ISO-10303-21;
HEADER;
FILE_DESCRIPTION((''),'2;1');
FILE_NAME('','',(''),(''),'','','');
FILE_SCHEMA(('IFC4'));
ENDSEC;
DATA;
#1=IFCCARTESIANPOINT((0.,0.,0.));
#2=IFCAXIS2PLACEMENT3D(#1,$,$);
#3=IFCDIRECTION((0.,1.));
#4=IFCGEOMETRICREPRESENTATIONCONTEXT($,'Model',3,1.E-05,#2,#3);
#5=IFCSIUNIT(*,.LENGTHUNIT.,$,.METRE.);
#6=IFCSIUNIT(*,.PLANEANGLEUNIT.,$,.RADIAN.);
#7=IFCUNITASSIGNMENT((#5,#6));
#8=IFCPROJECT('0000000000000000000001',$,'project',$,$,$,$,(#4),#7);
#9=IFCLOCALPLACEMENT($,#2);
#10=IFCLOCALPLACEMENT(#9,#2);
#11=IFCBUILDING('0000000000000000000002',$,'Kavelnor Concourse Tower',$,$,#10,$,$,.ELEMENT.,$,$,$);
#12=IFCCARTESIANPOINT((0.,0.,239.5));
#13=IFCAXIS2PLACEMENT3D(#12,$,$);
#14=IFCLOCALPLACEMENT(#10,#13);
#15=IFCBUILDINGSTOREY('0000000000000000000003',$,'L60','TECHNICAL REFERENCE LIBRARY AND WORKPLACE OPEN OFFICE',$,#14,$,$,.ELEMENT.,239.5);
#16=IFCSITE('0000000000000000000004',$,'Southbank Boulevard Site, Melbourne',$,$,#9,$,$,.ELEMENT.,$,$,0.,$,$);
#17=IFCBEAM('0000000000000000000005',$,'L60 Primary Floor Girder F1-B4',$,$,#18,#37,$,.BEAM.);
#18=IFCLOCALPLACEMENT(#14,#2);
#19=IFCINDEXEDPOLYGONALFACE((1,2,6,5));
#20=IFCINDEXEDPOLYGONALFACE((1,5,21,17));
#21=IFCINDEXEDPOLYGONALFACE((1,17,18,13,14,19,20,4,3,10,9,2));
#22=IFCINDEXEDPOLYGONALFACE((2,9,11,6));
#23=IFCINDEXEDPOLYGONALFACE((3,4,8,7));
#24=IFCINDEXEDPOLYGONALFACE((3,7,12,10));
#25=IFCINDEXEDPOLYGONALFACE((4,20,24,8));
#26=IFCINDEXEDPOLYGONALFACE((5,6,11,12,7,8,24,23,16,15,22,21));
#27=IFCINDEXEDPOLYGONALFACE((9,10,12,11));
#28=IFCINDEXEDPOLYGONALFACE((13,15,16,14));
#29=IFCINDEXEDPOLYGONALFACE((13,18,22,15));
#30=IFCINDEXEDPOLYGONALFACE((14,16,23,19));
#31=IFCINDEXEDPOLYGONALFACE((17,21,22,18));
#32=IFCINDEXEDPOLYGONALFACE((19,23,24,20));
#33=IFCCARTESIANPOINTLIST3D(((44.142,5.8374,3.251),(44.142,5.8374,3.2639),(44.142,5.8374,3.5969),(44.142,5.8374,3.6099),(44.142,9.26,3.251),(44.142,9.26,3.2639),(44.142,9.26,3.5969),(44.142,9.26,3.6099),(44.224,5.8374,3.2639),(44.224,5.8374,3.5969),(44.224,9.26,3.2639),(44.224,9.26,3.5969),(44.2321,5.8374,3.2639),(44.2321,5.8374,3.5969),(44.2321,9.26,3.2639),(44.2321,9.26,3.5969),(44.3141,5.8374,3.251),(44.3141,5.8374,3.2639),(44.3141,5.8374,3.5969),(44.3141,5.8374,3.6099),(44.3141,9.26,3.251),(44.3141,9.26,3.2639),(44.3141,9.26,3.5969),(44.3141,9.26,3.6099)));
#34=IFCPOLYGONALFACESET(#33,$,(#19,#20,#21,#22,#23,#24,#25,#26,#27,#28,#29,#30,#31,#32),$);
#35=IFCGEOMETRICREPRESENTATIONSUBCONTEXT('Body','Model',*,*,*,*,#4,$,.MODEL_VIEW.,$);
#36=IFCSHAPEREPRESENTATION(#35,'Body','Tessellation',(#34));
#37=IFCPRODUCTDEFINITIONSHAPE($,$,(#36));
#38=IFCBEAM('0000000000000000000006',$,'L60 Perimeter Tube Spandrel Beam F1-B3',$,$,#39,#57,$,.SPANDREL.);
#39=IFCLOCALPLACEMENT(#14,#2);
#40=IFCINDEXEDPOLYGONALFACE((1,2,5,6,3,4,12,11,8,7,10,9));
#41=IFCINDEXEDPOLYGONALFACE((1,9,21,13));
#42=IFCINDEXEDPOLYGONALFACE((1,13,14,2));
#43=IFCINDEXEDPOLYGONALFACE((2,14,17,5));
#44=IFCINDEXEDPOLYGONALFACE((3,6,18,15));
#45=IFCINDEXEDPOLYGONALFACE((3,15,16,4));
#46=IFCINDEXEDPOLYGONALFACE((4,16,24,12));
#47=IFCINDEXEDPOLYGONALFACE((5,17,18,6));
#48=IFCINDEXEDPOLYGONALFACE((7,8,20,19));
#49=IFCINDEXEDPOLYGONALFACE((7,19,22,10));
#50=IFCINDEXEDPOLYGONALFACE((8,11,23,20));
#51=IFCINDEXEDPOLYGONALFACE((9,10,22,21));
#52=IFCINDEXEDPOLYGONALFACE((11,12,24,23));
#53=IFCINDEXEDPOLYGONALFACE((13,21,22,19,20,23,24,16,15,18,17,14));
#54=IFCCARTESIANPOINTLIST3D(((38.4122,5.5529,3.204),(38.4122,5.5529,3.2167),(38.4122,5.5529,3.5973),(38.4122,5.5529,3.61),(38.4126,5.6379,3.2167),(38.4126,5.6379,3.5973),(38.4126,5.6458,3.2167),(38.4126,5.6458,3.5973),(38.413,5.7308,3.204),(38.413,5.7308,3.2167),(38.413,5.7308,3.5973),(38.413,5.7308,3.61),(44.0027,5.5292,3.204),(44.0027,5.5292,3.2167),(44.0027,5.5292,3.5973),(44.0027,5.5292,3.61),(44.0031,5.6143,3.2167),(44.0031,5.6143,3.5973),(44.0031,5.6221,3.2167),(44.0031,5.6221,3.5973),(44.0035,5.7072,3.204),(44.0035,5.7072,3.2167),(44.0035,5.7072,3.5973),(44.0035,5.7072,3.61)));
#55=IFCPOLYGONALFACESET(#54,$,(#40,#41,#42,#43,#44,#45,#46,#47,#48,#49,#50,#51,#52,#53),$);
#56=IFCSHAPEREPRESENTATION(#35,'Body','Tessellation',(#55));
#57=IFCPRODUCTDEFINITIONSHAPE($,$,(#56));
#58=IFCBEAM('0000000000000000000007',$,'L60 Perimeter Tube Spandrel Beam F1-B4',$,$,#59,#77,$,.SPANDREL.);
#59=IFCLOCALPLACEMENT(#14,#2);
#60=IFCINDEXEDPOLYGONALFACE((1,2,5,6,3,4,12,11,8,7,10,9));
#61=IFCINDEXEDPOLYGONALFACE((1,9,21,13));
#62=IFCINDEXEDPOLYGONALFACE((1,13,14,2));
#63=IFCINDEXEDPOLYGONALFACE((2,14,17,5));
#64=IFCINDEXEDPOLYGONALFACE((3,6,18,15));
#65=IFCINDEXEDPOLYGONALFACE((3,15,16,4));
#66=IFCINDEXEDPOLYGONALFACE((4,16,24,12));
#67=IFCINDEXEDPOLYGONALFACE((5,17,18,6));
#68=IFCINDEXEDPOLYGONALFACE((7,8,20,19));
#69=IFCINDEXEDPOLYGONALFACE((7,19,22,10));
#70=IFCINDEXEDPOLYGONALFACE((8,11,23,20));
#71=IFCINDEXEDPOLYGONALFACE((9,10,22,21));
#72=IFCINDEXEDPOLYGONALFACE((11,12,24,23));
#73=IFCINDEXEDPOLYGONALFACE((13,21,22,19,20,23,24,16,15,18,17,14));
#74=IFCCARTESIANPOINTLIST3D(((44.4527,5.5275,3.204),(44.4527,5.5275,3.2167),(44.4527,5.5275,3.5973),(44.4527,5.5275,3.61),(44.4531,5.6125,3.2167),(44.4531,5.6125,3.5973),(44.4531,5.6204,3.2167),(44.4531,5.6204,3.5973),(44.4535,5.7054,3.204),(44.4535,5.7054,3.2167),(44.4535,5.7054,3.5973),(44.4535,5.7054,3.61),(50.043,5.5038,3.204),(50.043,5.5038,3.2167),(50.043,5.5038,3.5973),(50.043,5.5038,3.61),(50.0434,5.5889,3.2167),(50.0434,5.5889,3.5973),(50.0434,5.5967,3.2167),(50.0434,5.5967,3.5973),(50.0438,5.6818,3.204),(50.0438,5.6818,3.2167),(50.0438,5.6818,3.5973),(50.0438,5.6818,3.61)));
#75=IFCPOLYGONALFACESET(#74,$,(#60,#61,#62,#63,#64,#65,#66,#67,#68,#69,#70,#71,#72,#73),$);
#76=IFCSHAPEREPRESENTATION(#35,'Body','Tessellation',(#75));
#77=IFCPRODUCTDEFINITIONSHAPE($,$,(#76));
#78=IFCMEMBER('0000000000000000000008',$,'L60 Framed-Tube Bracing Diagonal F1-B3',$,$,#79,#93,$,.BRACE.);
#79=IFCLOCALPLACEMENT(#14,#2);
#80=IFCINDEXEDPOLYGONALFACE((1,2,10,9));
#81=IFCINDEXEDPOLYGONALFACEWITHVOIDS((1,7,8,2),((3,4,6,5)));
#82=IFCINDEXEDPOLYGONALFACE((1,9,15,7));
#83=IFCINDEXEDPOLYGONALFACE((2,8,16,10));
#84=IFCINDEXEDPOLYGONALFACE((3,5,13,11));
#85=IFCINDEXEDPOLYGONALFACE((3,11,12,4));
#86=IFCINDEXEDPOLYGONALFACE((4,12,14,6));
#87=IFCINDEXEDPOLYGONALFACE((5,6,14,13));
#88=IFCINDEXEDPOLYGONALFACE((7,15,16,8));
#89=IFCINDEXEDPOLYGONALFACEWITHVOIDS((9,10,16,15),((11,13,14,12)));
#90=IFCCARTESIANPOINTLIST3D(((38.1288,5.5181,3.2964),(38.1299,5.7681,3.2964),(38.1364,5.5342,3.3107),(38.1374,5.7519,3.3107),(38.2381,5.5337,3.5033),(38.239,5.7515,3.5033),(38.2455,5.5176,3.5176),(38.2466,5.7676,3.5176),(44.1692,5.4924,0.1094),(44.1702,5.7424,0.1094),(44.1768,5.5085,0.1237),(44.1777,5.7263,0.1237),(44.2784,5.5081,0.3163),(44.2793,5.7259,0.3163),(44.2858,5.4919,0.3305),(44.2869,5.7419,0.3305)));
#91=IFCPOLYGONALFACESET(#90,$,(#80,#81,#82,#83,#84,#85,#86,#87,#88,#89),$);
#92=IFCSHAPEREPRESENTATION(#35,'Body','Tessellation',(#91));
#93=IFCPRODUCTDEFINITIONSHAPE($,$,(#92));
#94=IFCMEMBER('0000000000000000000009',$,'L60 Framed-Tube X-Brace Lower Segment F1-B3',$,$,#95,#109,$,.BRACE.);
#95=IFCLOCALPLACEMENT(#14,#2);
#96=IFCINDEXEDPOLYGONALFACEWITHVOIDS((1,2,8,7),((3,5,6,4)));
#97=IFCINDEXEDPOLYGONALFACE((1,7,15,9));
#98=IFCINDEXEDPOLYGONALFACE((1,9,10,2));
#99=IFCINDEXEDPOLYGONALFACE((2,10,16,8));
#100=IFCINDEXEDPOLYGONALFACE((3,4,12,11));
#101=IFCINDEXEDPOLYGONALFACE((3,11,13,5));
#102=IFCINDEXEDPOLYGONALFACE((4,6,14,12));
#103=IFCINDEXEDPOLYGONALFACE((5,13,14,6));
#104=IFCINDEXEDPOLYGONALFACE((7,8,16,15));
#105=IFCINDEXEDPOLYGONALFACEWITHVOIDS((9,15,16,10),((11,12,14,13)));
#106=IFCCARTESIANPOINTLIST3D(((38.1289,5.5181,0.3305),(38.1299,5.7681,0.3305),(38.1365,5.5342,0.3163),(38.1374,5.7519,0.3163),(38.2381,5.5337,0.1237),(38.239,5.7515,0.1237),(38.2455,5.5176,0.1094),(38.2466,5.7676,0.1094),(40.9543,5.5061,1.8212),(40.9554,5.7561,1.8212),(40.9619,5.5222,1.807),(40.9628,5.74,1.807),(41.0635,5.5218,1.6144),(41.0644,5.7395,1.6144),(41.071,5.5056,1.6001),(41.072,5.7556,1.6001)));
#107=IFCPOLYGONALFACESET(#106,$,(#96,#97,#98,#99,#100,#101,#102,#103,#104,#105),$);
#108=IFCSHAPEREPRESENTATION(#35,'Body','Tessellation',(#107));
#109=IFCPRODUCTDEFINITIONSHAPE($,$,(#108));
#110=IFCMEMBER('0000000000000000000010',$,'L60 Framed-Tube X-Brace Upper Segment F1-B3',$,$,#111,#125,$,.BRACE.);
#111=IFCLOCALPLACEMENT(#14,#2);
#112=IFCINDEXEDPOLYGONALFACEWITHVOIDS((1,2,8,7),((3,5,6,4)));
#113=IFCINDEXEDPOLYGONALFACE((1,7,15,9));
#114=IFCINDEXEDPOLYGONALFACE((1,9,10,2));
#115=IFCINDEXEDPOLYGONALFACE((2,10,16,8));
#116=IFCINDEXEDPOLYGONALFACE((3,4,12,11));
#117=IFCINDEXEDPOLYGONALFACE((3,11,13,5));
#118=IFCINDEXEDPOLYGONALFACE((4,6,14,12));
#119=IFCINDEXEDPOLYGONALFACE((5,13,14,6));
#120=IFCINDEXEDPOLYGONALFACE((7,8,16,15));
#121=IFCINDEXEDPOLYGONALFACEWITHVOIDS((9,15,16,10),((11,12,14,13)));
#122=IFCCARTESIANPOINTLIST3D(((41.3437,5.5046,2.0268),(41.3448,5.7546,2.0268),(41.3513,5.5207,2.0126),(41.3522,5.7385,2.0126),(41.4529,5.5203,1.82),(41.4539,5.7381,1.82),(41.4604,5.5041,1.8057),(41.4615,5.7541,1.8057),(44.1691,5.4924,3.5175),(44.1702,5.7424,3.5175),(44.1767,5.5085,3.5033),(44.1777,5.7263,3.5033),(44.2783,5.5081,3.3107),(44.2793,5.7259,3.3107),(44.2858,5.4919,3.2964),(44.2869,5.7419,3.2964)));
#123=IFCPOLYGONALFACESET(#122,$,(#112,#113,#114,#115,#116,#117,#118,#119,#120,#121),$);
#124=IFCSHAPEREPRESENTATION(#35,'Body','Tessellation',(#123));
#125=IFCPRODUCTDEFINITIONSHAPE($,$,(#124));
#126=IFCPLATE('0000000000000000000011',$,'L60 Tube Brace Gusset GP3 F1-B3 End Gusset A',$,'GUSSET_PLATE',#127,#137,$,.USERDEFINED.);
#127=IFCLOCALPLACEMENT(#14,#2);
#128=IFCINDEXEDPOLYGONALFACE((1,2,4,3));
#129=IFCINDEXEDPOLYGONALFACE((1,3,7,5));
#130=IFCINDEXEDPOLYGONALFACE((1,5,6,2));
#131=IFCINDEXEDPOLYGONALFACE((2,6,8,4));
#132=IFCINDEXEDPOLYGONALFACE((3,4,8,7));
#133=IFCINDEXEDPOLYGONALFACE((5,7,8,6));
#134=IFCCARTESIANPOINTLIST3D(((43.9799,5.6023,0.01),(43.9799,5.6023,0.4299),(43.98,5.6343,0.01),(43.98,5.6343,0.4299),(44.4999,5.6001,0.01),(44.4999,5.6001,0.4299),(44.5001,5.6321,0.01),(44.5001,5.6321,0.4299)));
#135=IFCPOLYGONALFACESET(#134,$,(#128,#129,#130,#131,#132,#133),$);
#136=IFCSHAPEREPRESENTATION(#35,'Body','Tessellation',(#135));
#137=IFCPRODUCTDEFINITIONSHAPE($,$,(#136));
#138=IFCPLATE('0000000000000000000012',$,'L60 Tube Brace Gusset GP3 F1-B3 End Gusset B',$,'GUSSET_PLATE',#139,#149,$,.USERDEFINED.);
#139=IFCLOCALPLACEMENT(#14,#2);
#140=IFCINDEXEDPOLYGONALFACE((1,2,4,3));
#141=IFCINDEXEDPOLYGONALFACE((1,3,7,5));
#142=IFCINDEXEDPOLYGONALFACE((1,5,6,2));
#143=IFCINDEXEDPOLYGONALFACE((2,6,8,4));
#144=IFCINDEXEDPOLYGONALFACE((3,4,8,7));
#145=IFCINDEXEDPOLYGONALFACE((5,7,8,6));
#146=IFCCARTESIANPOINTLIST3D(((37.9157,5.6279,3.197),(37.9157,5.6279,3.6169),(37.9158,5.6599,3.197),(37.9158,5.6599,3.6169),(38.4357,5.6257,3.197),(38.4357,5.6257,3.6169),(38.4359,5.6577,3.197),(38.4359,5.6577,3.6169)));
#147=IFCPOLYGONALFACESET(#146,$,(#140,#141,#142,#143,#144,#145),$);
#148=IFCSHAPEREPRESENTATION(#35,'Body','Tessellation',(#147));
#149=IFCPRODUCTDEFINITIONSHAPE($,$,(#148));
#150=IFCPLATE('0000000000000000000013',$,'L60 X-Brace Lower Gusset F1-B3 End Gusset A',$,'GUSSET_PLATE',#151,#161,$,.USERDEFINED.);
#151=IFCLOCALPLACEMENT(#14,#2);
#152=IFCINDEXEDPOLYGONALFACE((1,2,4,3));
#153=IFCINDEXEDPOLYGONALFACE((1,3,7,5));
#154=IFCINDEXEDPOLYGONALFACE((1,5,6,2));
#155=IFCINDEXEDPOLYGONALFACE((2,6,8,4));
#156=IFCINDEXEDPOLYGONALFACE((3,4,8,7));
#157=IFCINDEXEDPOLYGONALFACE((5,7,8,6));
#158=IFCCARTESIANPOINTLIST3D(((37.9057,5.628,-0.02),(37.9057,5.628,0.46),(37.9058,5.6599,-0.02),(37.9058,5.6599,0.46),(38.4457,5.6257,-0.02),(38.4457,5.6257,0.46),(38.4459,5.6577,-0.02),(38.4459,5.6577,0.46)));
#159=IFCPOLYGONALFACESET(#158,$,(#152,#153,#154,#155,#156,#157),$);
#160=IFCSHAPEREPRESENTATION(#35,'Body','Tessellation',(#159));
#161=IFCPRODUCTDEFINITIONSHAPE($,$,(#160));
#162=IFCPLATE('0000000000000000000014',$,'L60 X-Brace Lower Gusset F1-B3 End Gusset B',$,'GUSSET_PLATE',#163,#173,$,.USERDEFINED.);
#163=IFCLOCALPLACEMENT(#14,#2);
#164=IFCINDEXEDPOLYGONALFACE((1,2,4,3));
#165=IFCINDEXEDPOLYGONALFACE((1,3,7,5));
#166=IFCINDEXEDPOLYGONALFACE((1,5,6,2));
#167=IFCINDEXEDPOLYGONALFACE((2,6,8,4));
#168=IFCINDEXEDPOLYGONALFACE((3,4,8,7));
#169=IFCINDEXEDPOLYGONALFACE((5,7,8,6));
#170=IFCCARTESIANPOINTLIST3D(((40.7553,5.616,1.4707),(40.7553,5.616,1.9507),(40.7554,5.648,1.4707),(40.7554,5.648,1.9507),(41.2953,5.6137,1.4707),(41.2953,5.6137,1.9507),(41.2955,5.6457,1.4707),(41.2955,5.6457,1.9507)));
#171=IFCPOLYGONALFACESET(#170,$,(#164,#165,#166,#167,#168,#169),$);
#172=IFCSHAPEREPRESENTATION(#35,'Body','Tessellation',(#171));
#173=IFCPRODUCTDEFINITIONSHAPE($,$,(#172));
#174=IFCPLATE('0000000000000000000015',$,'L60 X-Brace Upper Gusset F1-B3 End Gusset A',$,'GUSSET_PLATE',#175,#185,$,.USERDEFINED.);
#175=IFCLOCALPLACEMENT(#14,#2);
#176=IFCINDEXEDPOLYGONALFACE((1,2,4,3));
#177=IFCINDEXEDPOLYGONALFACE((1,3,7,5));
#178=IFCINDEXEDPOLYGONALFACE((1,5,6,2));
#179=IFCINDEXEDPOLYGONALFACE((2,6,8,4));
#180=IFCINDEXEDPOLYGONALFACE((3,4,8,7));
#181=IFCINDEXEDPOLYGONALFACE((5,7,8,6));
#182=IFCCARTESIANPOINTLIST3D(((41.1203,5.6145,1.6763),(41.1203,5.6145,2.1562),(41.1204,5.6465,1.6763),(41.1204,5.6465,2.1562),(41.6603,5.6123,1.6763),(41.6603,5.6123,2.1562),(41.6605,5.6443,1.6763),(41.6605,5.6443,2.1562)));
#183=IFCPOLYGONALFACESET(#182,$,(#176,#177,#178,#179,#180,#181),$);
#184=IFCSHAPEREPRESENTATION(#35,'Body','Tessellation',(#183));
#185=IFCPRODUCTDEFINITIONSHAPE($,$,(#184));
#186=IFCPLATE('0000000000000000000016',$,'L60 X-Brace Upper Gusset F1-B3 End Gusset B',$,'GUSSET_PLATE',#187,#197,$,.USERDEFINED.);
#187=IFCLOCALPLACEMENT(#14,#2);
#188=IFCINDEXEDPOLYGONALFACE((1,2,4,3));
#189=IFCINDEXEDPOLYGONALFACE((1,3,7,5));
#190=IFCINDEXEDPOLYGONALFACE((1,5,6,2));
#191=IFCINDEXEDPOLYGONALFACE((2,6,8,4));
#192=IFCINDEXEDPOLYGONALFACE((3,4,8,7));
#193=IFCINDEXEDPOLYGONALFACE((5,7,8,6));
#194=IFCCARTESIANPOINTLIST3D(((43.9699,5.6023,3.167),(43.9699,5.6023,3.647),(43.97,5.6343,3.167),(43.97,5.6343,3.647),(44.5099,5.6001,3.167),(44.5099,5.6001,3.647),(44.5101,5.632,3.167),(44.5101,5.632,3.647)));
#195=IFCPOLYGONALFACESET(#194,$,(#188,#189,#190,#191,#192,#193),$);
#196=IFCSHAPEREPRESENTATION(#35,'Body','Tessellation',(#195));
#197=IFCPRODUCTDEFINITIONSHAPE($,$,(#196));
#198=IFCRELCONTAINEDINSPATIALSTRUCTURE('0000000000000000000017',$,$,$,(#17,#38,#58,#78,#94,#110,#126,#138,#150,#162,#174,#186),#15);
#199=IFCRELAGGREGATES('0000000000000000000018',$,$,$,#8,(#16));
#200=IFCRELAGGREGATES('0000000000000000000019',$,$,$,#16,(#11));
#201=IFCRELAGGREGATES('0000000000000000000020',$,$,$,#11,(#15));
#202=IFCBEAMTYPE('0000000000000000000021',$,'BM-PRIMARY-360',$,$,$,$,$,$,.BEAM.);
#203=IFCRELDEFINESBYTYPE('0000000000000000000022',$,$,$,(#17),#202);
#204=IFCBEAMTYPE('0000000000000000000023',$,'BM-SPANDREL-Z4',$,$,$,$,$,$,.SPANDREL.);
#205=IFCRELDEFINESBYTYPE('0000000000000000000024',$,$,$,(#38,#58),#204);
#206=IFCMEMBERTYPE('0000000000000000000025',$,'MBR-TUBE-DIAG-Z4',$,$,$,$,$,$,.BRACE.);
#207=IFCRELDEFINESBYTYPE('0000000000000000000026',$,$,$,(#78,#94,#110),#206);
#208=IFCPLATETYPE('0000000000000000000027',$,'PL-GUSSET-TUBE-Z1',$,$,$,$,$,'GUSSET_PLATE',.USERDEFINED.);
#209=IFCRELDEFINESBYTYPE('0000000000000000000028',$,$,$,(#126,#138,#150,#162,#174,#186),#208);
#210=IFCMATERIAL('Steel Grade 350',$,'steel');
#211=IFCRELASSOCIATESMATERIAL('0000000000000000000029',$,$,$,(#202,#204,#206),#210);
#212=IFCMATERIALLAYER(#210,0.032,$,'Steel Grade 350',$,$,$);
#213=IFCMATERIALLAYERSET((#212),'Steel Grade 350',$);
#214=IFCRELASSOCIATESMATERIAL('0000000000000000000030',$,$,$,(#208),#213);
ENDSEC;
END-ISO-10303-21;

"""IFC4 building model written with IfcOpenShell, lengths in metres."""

from ifc_helpers import new_model, si_unit, direction, frame, origin, origin_2d, place, context, subcontext, project, spatial, rectangle, hollow_rectangle, i_section, extrude, material, layer, layer_set, material_profile, profile_set, type_object, element, save


model = new_model("IFC4")

# Units and contexts
model_context = context("Model", 3, precision=1e-05, world=origin(), true_north=direction((0.0, 1.0)))
body_context = subcontext(model_context, "Body", "Model", "MODEL_VIEW")
ifc_project = project(units=[si_unit("LENGTHUNIT", "METRE"), si_unit("PLANEANGLEUNIT", "RADIAN")], contexts=[model_context])

# Site, building, storey
site_placement = place(None, origin())
site = spatial("IfcSite", under=ifc_project, at=site_placement, Name="Southbank Boulevard Site, Melbourne", CompositionType="ELEMENT", RefElevation=0.0)
building_placement = place(site_placement, origin())
building = spatial("IfcBuilding", under=site, at=building_placement, Name="Kavelnor Concourse Tower", CompositionType="ELEMENT")
storey_placement = place(building_placement, frame((0.0, 0.0, 239.5)))
storey = spatial("IfcBuildingStorey", under=building, at=storey_placement, Name="L60", Description="TECHNICAL REFERENCE LIBRARY AND WORKPLACE OPEN OFFICE", CompositionType="ELEMENT", Elevation=239.5)

# Shared definitions
ifc_material_1 = material(Name="Steel Grade 350", Category="steel")

# Beams
ifc_material_profile_1 = material_profile(ifc_material_1, i_section(OverallWidth=0.1721, OverallDepth=0.3589, WebThickness=0.0081, FlangeThickness=0.0129, at=origin_2d()), Name="360UB56")
ifc_profile_set_1 = profile_set([ifc_material_profile_1], Name="Steel Grade 350")
beam_type_1 = type_object("IfcBeamType", Name="BM-PRIMARY-360", PredefinedType="BEAM", material=ifc_profile_set_1)
beam_1_placement = place(storey_placement, frame((44.228, 9.26, 3.4304), z_axis=(0.0, -1.0, 0.0), x_axis=(1.0, 0.0, 0.0)))
element("IfcBeam", 1, at=beam_1_placement, inside=storey, type_object=beam_type_1, Name="L60 Primary Floor Girder F1-B4", PredefinedType="BEAM", context=body_context, shape_type="SweptSolid", body=[
    extrude(i_section(OverallWidth=0.1721, OverallDepth=0.3589, WebThickness=0.0081, FlangeThickness=0.0129, at=origin_2d()), origin(), (0.0, 0.0, 1.0), 3.4226),
])
ifc_material_profile_2 = material_profile(ifc_material_1, i_section(OverallWidth=0.178, OverallDepth=0.406, WebThickness=0.0078, FlangeThickness=0.0127, at=origin_2d()), Name="410UB59")
ifc_profile_set_2 = profile_set([ifc_material_profile_2], Name="Steel Grade 350")
beam_type_2 = type_object("IfcBeamType", Name="BM-SPANDREL-Z4", PredefinedType="SPANDREL", material=ifc_profile_set_2)
beam_2_placement = place(storey_placement, frame((38.4126, 5.6418, 3.407), z_axis=(0.999991, -0.004236, 0.0), x_axis=(0.004236, 0.999991, 0.0)))
element("IfcBeam", 2, at=beam_2_placement, inside=storey, type_object=beam_type_2, Name="L60 Perimeter Tube Spandrel Beam F1-B3", PredefinedType="SPANDREL", context=body_context, shape_type="SweptSolid", body=[
    extrude(i_section(OverallWidth=0.178, OverallDepth=0.406, WebThickness=0.0078, FlangeThickness=0.0127, at=origin_2d()), origin(), (0.0, 0.0, 1.0), 5.5906),
])
beam_3_placement = place(storey_placement, frame((44.4531, 5.6165, 3.407), z_axis=(0.999991, -0.004236, 0.0), x_axis=(0.004236, 0.999991, 0.0)))
element("IfcBeam", 3, at=beam_3_placement, inside=storey, type_object=beam_type_2, Name="L60 Perimeter Tube Spandrel Beam F1-B4", PredefinedType="SPANDREL", context=body_context, shape_type="SweptSolid", body=[
    extrude(i_section(OverallWidth=0.178, OverallDepth=0.406, WebThickness=0.0078, FlangeThickness=0.0127, at=origin_2d()), origin(), (0.0, 0.0, 1.0), 5.5903),
])

# Members
ifc_material_profile_3 = material_profile(ifc_material_1, hollow_rectangle(XDim=0.25, YDim=0.25, WallThickness=0.0161, at=origin_2d()), Name="SHS 250x250x16")
ifc_profile_set_3 = profile_set([ifc_material_profile_3], Name="Steel Grade 350")
member_type = type_object("IfcMemberType", Name="MBR-TUBE-DIAG-Z4", PredefinedType="BRACE", material=ifc_profile_set_3)
member_placement = place(storey_placement, frame((44.228, 5.6172, 0.22), z_axis=(-0.884434, 0.003754, 0.46665), x_axis=(-0.004244, -0.999991, 0.0)))
element("IfcMember", 4, at=member_placement, inside=storey, type_object=member_type, Name="L60 Framed-Tube Bracing Diagonal F1-B3", PredefinedType="BRACE", context=body_context, shape_type="SweptSolid", body=[
    extrude(hollow_rectangle(XDim=0.25, YDim=0.25, WallThickness=0.0161, at=origin_2d()), origin(), (0.0, 0.0, 1.0), 6.8296),
])
for number, where, z_axis, x_axis, name in (
    (5, (38.1877, 5.6428, 0.22), (0.884441, -0.003745, 0.466637), (0.004234, 0.999991, 0.0), "L60 Framed-Tube X-Brace Lower Segment F1-B3"),
    (6, (41.4026, 5.6294, 1.9163), (0.884441, -0.003821, 0.466637), (0.00432, 0.999991, 0.0), "L60 Framed-Tube X-Brace Upper Segment F1-B3"),
):
    element("IfcMember", number, at=place(storey_placement, frame(where, z_axis=z_axis, x_axis=x_axis)), inside=storey, type_object=member_type, Name=name, PredefinedType="BRACE", context=body_context, shape_type="SweptSolid", body=[
        extrude(hollow_rectangle(XDim=0.25, YDim=0.25, WallThickness=0.0161, at=origin_2d()), origin(), (0.0, 0.0, 1.0), 3.1946),
    ])

# Plates
ifc_layer_1 = layer(ifc_material_1, 0.032, Name="Steel Grade 350")
ifc_layer_set_1 = layer_set([ifc_layer_1], Name="Steel Grade 350")
plate_type_1 = type_object("IfcPlateType", Name="PL-GUSSET-TUBE-Z1", ElementType="GUSSET_PLATE", PredefinedType="USERDEFINED", material=ifc_layer_set_1)
for number, where, z_axis, x_axis, name in (
    (7, (44.24, 5.6172, 0.01), (0.0, 0.0, 1.0), (-0.999991, 0.004189, 0.0), "L60 Tube Brace Gusset GP3 F1-B3 End Gusset A"),
    (8, (38.1758, 5.6428, 3.197), (0.0, 0.0, 1.0), (-0.999991, 0.004189, 0.0), "L60 Tube Brace Gusset GP3 F1-B3 End Gusset B"),
):
    element("IfcPlate", number, at=place(storey_placement, frame(where, z_axis=z_axis, x_axis=x_axis)), inside=storey, type_object=plate_type_1, Name=name, ObjectType="GUSSET_PLATE", PredefinedType="USERDEFINED", context=body_context, shape_type="SweptSolid", body=[
        extrude(rectangle(XDim=0.52, YDim=0.032, at=origin_2d()), origin(), (0.0, 0.0, 1.0), 0.4199),
    ])
for number, where, z_axis, x_axis, name in (
    (9, (38.1758, 5.6428, -0.02), (0.0, 0.0, 1.0), (0.999991, -0.004189, 0.0), "L60 X-Brace Lower Gusset F1-B3 End Gusset A"),
    (10, (41.0254, 5.6309, 1.4707), (0.0, 0.0, 1.0), (0.999991, -0.004189, 0.0), "L60 X-Brace Lower Gusset F1-B3 End Gusset B"),
    (11, (41.3904, 5.6294, 1.6763), (0.0, 0.0, 1.0), (0.999991, -0.004189, 0.0), "L60 X-Brace Upper Gusset F1-B3 End Gusset A"),
    (12, (44.24, 5.6172, 3.167), (0.0, 0.0, 1.0), (0.999991, -0.004189, 0.0), "L60 X-Brace Upper Gusset F1-B3 End Gusset B"),
):
    element("IfcPlate", number, at=place(storey_placement, frame(where, z_axis=z_axis, x_axis=x_axis)), inside=storey, type_object=plate_type_1, Name=name, ObjectType="GUSSET_PLATE", PredefinedType="USERDEFINED", context=body_context, shape_type="SweptSolid", body=[
        extrude(rectangle(XDim=0.54, YDim=0.032, at=origin_2d()), origin(), (0.0, 0.0, 1.0), 0.48),
    ])

save(model, "model.ifc")
